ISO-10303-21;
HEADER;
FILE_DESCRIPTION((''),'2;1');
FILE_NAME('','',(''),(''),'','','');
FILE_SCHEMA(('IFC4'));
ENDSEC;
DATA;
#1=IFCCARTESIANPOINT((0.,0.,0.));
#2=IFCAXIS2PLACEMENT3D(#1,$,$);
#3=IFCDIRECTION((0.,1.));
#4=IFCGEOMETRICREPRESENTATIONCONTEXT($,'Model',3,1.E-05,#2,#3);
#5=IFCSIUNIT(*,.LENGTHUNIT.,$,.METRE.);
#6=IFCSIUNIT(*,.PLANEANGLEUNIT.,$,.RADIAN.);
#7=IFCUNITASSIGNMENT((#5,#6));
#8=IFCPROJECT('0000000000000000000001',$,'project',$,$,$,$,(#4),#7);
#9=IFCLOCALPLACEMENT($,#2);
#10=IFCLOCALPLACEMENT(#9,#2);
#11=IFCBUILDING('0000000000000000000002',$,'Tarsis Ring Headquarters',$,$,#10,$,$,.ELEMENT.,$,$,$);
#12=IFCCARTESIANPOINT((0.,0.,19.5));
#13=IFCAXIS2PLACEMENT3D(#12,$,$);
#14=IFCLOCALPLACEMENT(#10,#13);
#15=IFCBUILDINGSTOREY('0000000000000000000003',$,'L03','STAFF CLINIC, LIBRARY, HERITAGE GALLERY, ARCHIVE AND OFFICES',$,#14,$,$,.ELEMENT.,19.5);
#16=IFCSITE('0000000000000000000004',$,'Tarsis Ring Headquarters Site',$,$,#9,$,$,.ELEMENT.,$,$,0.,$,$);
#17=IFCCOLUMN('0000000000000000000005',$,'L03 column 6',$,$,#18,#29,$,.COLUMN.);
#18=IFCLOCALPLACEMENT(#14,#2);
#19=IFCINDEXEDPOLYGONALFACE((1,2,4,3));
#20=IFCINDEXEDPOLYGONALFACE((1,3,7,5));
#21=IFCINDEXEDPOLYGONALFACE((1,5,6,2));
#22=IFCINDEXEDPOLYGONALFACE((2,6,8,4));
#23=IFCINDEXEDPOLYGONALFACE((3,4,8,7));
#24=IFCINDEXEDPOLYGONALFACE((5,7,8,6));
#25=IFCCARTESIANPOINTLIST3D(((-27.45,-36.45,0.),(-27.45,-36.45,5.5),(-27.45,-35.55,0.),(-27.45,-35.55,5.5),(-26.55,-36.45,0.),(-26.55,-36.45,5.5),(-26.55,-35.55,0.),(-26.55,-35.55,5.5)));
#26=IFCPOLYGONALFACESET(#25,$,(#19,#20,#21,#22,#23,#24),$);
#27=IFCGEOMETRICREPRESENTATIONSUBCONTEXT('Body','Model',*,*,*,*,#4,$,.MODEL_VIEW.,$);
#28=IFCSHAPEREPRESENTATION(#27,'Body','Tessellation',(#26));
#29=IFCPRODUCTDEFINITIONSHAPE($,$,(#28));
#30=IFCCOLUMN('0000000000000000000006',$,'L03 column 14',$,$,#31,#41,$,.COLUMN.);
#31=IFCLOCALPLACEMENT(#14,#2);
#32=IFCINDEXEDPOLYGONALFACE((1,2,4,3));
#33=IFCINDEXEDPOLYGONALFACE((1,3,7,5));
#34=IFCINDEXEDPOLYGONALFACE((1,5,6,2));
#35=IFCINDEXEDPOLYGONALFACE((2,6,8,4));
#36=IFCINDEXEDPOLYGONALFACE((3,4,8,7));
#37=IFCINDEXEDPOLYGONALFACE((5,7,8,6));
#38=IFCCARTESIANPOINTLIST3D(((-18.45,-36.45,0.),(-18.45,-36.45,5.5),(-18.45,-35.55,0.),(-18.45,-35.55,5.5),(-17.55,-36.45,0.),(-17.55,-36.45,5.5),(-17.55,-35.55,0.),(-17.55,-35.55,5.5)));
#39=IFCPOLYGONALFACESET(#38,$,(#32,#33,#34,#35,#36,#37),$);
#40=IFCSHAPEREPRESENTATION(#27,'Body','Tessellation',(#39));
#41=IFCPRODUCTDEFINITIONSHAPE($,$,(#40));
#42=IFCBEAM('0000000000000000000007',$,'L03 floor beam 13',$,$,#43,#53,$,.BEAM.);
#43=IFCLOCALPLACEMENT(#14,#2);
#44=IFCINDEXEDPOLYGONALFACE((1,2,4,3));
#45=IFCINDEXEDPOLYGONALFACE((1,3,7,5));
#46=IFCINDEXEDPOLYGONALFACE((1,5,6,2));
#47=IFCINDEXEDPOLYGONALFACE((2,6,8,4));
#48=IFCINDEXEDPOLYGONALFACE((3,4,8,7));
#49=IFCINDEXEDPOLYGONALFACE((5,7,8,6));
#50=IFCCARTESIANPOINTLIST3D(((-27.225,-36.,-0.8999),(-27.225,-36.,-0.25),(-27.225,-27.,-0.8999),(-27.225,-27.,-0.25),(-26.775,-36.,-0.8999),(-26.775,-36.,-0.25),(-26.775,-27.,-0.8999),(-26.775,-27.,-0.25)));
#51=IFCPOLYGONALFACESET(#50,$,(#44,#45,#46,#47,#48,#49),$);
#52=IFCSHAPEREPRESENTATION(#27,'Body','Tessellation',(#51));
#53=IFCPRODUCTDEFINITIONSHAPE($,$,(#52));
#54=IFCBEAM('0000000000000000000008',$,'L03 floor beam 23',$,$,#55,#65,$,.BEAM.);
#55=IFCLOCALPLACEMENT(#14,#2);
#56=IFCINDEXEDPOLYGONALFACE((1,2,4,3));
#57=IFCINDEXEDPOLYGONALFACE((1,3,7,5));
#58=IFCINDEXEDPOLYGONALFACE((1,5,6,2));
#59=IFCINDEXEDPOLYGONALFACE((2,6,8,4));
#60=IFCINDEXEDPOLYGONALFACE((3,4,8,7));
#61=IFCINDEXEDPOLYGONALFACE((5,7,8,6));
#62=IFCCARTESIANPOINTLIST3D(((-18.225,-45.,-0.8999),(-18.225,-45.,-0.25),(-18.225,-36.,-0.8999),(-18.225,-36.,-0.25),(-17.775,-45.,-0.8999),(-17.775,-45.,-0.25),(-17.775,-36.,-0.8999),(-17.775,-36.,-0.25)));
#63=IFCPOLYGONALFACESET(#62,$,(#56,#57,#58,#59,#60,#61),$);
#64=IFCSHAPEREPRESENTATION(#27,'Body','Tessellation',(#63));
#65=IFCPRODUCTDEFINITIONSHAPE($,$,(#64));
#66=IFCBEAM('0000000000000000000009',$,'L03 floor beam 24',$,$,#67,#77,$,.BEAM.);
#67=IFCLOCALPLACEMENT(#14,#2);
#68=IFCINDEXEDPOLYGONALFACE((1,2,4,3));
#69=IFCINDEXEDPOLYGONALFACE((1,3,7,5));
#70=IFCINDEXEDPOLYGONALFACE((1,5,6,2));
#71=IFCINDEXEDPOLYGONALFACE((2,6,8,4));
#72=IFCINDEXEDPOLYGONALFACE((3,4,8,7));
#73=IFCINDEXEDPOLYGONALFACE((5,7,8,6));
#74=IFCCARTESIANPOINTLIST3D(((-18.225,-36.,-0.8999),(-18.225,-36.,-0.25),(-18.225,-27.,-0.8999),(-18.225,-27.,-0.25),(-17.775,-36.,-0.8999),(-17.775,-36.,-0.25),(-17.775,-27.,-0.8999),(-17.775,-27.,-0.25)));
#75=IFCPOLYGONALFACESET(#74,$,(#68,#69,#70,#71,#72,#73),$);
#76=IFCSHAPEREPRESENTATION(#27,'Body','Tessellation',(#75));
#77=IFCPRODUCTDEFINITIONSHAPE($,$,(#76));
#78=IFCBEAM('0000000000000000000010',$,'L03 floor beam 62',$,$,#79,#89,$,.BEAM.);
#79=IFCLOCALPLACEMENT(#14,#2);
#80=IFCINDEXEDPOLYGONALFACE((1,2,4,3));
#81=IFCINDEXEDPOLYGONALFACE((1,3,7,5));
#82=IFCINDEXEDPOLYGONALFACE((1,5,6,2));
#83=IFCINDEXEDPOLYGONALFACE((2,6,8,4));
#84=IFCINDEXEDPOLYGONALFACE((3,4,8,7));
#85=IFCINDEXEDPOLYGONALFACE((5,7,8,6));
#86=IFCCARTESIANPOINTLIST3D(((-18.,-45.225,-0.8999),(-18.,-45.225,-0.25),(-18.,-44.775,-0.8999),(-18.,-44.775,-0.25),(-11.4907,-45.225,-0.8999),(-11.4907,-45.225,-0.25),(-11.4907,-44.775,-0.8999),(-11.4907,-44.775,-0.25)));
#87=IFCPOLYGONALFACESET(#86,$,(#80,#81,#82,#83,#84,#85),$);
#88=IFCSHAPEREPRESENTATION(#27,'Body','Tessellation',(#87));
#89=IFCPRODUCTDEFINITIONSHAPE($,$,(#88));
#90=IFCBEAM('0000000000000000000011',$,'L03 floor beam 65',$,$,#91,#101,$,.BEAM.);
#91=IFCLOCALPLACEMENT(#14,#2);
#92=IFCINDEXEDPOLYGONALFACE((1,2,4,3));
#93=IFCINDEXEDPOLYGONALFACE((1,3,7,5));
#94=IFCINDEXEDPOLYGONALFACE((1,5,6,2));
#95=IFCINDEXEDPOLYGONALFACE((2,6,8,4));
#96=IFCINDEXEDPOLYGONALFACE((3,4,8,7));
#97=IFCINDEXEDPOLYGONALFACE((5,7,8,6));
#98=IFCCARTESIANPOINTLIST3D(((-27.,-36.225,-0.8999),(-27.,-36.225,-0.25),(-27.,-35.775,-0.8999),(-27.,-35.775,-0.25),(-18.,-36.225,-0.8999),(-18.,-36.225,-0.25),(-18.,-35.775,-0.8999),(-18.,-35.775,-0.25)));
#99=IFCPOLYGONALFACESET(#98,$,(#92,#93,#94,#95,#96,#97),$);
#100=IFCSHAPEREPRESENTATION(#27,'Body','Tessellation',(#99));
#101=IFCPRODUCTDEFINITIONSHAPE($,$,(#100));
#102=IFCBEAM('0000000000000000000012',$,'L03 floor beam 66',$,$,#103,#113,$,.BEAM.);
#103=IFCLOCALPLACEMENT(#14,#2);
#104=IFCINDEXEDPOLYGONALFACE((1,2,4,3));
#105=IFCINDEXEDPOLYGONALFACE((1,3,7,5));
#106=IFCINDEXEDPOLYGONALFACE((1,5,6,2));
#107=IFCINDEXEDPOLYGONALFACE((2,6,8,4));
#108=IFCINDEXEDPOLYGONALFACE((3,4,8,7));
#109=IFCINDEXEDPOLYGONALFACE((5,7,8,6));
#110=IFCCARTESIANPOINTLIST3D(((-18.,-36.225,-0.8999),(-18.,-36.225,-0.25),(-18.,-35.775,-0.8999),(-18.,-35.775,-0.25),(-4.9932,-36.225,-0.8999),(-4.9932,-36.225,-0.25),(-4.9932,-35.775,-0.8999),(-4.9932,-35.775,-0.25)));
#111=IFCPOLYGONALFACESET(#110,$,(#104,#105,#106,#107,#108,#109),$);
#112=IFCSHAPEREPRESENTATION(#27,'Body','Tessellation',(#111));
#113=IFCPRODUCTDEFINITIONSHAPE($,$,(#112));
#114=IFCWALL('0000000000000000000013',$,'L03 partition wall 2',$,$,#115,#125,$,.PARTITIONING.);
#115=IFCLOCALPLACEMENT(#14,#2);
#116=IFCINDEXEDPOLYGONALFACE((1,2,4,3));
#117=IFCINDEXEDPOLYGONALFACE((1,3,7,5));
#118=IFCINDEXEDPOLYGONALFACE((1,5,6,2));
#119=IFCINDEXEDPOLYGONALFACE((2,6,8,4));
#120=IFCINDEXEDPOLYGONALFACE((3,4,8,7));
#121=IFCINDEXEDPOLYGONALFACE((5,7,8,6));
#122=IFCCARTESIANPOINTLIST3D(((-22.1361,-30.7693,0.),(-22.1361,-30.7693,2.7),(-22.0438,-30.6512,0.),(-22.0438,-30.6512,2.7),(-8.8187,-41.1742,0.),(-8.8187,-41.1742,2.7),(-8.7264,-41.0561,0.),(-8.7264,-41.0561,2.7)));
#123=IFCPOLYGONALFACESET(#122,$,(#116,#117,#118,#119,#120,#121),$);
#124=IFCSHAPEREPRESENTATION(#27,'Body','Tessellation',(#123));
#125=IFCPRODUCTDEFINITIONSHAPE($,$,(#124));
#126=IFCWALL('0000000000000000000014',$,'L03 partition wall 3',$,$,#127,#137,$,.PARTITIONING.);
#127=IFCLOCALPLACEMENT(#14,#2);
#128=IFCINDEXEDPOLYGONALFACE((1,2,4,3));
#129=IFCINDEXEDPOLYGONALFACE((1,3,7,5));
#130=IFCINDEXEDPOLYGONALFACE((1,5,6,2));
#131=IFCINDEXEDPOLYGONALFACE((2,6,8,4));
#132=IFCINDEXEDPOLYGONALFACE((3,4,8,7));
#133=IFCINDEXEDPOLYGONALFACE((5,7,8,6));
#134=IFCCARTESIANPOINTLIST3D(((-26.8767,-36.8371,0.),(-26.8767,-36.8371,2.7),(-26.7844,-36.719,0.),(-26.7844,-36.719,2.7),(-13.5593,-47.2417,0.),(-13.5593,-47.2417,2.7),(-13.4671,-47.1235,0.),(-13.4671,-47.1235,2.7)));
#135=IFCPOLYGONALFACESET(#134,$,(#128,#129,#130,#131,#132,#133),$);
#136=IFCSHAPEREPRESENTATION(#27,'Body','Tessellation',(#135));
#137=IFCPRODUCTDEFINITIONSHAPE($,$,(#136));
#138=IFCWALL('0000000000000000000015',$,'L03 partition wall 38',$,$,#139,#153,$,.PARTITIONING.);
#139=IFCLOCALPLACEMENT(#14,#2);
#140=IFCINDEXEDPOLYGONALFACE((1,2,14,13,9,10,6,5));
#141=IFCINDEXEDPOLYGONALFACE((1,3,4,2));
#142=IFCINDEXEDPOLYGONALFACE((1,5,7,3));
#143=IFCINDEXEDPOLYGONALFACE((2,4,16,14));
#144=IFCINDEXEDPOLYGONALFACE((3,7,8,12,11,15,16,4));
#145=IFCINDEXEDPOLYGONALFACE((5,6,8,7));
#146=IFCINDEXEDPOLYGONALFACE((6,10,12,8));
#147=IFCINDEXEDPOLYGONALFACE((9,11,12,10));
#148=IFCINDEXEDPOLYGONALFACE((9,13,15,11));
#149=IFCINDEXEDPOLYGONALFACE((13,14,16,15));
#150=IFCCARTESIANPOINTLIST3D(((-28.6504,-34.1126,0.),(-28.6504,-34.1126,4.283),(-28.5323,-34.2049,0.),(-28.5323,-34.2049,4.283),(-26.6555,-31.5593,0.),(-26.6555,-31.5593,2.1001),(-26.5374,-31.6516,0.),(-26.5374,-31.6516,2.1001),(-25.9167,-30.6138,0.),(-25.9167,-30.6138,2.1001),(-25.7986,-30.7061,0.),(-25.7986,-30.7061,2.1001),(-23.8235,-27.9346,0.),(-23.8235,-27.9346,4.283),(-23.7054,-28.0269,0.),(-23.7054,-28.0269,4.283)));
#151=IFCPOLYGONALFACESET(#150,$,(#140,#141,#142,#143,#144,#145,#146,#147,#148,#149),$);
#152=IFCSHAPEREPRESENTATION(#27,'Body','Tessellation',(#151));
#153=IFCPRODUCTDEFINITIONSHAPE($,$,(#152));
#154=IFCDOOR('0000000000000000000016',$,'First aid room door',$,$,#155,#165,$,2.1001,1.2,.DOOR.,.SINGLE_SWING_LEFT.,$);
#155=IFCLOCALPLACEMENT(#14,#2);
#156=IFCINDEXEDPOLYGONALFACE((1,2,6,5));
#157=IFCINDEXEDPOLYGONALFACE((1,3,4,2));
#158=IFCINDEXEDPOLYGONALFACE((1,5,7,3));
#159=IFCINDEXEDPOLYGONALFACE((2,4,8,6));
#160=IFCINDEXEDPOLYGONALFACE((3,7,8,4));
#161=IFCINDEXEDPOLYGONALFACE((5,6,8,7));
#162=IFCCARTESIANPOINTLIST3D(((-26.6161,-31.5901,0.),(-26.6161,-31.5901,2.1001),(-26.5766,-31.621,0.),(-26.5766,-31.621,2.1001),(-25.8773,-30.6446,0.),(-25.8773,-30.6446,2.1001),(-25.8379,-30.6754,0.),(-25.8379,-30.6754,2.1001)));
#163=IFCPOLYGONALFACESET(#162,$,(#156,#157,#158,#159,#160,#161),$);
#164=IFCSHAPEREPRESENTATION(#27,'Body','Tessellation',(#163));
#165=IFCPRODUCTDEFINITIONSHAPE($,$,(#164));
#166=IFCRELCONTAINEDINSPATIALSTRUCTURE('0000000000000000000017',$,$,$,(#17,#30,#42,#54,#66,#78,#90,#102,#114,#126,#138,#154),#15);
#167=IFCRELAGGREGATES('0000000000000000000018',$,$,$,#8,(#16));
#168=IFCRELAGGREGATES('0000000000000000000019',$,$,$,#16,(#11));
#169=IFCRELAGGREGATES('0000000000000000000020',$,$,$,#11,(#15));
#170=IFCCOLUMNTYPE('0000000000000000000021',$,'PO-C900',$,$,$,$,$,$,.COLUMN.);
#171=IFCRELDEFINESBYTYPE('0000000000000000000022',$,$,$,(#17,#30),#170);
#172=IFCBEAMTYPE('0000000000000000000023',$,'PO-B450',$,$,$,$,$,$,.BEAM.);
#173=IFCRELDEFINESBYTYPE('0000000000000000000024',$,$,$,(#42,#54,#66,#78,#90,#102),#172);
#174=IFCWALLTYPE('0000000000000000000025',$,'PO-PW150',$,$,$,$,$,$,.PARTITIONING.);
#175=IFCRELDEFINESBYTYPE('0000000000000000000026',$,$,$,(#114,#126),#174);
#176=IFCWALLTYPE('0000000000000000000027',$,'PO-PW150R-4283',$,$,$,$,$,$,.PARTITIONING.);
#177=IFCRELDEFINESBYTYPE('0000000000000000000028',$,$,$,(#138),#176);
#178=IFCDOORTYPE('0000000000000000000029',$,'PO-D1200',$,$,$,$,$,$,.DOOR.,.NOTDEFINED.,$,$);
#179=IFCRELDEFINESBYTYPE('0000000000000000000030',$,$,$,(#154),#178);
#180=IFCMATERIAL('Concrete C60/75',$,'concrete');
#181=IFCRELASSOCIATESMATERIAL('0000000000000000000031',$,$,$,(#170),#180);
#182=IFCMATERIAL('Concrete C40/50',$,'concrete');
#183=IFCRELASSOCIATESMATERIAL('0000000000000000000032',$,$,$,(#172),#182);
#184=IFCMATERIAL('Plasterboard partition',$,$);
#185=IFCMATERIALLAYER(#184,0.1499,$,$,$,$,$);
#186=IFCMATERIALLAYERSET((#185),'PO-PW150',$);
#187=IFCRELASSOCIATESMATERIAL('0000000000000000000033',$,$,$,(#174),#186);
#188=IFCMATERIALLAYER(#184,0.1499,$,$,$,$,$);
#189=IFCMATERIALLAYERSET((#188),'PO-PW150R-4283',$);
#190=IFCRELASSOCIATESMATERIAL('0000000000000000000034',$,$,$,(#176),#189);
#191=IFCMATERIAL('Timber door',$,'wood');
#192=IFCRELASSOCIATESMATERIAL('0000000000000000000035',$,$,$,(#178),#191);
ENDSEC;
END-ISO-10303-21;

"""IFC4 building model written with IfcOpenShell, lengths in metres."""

from ifc_helpers import new_model, si_unit, direction, frame, frame_2d, origin, origin_2d, place, context, subcontext, project, spatial, rectangle, extrude, material, layer, layer_set, material_profile, profile_set, type_object, element, fill, save


model = new_model("IFC4")

# Units and contexts
model_context = context("Model", 3, precision=1e-05, world=origin(), true_north=direction((0.0, 1.0)))
body_context = subcontext(model_context, "Body", "Model", "MODEL_VIEW")
ifc_project = project(units=[si_unit("LENGTHUNIT", "METRE"), si_unit("PLANEANGLEUNIT", "RADIAN")], contexts=[model_context])

# Site, building, storey
site_placement = place(None, origin())
site = spatial("IfcSite", under=ifc_project, at=site_placement, Name="Tarsis Ring Headquarters Site", CompositionType="ELEMENT", RefElevation=0.0)
building_placement = place(site_placement, origin())
building = spatial("IfcBuilding", under=site, at=building_placement, Name="Tarsis Ring Headquarters", CompositionType="ELEMENT")
storey_placement = place(building_placement, frame((0.0, 0.0, 19.5)))
storey = spatial("IfcBuildingStorey", under=building, at=storey_placement, Name="L03", Description="STAFF CLINIC, LIBRARY, HERITAGE GALLERY, ARCHIVE AND OFFICES", CompositionType="ELEMENT", Elevation=19.5)

# Columns
ifc_material_1 = material(Name="Concrete C60/75", Category="concrete")
ifc_material_profile_1 = material_profile(ifc_material_1, rectangle(XDim=0.8999, YDim=0.8999, at=origin_2d()), Name="PO-C900")
ifc_profile_set_1 = profile_set([ifc_material_profile_1], Name="Concrete C60/75")
column_type = type_object("IfcColumnType", Name="PO-C900", PredefinedType="COLUMN", material=ifc_profile_set_1)
for number, where, z_axis, x_axis, name in (
    (1, (-27.0, -36.0, 0.0), (0.0, 0.0, 1.0), (1.0, 0.0, 0.0), "L03 column 6"),
    (2, (-18.0, -36.0, 0.0), (0.0, 0.0, 1.0), (1.0, 0.0, 0.0), "L03 column 14"),
):
    element("IfcColumn", number, at=place(storey_placement, frame(where, z_axis=z_axis, x_axis=x_axis)), inside=storey, type_object=column_type, Name=name, PredefinedType="COLUMN", context=body_context, shape_type="SweptSolid", body=[
        extrude(rectangle(XDim=0.8999, YDim=0.8999, at=origin_2d()), origin(), (0.0, 0.0, 1.0), 5.5),
    ])

# Beams
ifc_material_2 = material(Name="Concrete C40/50", Category="concrete")
ifc_material_profile_2 = material_profile(ifc_material_2, rectangle(XDim=0.45, YDim=0.6499, at=origin_2d()), Name="PO-B450")
ifc_profile_set_2 = profile_set([ifc_material_profile_2], Name="Concrete C40/50")
beam_type = type_object("IfcBeamType", Name="PO-B450", PredefinedType="BEAM", material=ifc_profile_set_2)
for number, where, z_axis, x_axis, name in (
    (3, (-27.0, -36.0, -0.575), (0.0, 1.0, 0.0), (-1.0, 0.0, 0.0), "L03 floor beam 13"),
    (4, (-18.0, -45.0, -0.575), (0.0, 1.0, 0.0), (-1.0, 0.0, 0.0), "L03 floor beam 23"),
    (5, (-18.0, -36.0, -0.575), (0.0, 1.0, 0.0), (-1.0, 0.0, 0.0), "L03 floor beam 24"),
):
    element("IfcBeam", number, at=place(storey_placement, frame(where, z_axis=z_axis, x_axis=x_axis)), inside=storey, type_object=beam_type, Name=name, PredefinedType="BEAM", context=body_context, shape_type="SweptSolid", body=[
        extrude(rectangle(XDim=0.45, YDim=0.6499, at=origin_2d()), origin(), (0.0, 0.0, 1.0), 9.0),
    ])
beam_1_placement = place(storey_placement, frame((-18.0, -45.0, -0.575), z_axis=(1.0, 0.0, 0.0), x_axis=(0.0, 1.0, 0.0)))
element("IfcBeam", 6, at=beam_1_placement, inside=storey, type_object=beam_type, Name="L03 floor beam 62", PredefinedType="BEAM", context=body_context, shape_type="SweptSolid", body=[
    extrude(rectangle(XDim=0.45, YDim=0.6499, at=origin_2d()), origin(), (0.0, 0.0, 1.0), 6.5093),
])
beam_2_placement = place(storey_placement, frame((-27.0, -36.0, -0.575), z_axis=(1.0, 0.0, 0.0), x_axis=(0.0, 1.0, 0.0)))
element("IfcBeam", 7, at=beam_2_placement, inside=storey, type_object=beam_type, Name="L03 floor beam 65", PredefinedType="BEAM", context=body_context, shape_type="SweptSolid", body=[
    extrude(rectangle(XDim=0.45, YDim=0.6499, at=origin_2d()), origin(), (0.0, 0.0, 1.0), 9.0),
])
beam_3_placement = place(storey_placement, frame((-18.0, -36.0, -0.575), z_axis=(1.0, 0.0, 0.0), x_axis=(0.0, 1.0, 0.0)))
element("IfcBeam", 8, at=beam_3_placement, inside=storey, type_object=beam_type, Name="L03 floor beam 66", PredefinedType="BEAM", context=body_context, shape_type="SweptSolid", body=[
    extrude(rectangle(XDim=0.45, YDim=0.6499, at=origin_2d()), origin(), (0.0, 0.0, 1.0), 13.0068),
])

# Walls
ifc_material_3 = material(Name="Plasterboard partition")
ifc_layer_1 = layer(ifc_material_3, 0.1499)
ifc_layer_set_1 = layer_set([ifc_layer_1], Name="PO-PW150")
wall_type_1 = type_object("IfcWallType", Name="PO-PW150", PredefinedType="PARTITIONING", material=ifc_layer_set_1)
wall_1_placement = place(storey_placement, frame((-22.0901, -30.7102, 0.0), z_axis=(0.0, 0.0, 1.0), x_axis=(0.788008, -0.615665, 0.0)))
element("IfcWall", 9, at=wall_1_placement, inside=storey, type_object=wall_type_1, Name="L03 partition wall 2", PredefinedType="PARTITIONING", context=body_context, shape_type="SweptSolid", body=[
    extrude(rectangle(XDim=16.9001, YDim=0.1499, at=frame_2d((8.4502, 0.0))), origin(), (0.0, 0.0, 1.0), 2.7),
])
wall_2_placement = place(storey_placement, frame((-26.8306, -36.7781, 0.0), z_axis=(0.0, 0.0, 1.0), x_axis=(0.788015, -0.615656, 0.0)))
element("IfcWall", 10, at=wall_2_placement, inside=storey, type_object=wall_type_1, Name="L03 partition wall 3", PredefinedType="PARTITIONING", context=body_context, shape_type="SweptSolid", body=[
    extrude(rectangle(XDim=16.8999, YDim=0.1499, at=frame_2d((8.45, 0.0))), origin(), (0.0, 0.0, 1.0), 2.7),
])

# Wall, opening, door
ifc_layer_2 = layer(ifc_material_3, 0.1499)
ifc_layer_set_2 = layer_set([ifc_layer_2], Name="PO-PW150R-4283")
wall_type_2 = type_object("IfcWallType", Name="PO-PW150R-4283", PredefinedType="PARTITIONING", material=ifc_layer_set_2)
wall_3_placement = place(storey_placement, frame((-28.5913, -34.1587, 0.0), z_axis=(0.0, 0.0, 1.0), x_axis=(0.615672, 0.788002, 0.0)))
wall_3 = element("IfcWall", 11, at=wall_3_placement, inside=storey, type_object=wall_type_2, Name="L03 partition wall 38", PredefinedType="PARTITIONING", context=body_context, shape_type="SweptSolid", body=[
    extrude(rectangle(XDim=7.8401, YDim=0.1499, at=frame_2d((3.9199, 0.0))), origin(), (0.0, 0.0, 1.0), 4.283),
])
opening_1_placement = place(wall_3_placement, frame((3.24, 0.0, 0.0)))
opening_1 = element("IfcOpeningElement", 12, at=opening_1_placement, cuts=wall_3, PredefinedType="OPENING", context=body_context, shape_type="SweptSolid", body=[
    extrude(rectangle(XDim=1.2, YDim=2.1001, at=frame_2d((0.6001, 1.05))), frame((0.0, 0.085, 0.0), z_axis=(0.0, -1.0, 0.0), x_axis=(1.0, 0.0, 0.0)), (0.0, 0.0, 1.0), 0.1699),
])
ifc_material_4 = material(Name="Timber door", Category="wood")
door_type_1 = type_object("IfcDoorType", Name="PO-D1200", OperationType="NOTDEFINED", PredefinedType="DOOR", material=ifc_material_4)
door_1_placement = place(opening_1_placement, origin())
door_1 = element("IfcDoor", 13, at=door_1_placement, inside=storey, type_object=door_type_1, Name="First aid room door", OperationType="SINGLE_SWING_LEFT", OverallHeight=2.1001, OverallWidth=1.2, PredefinedType="DOOR", context=body_context, shape_type="SweptSolid", body=[
    extrude(rectangle(XDim=1.2, YDim=2.1001, at=frame_2d((0.6001, 1.05))), frame((0.0, 0.0249, 0.0), z_axis=(0.0, -1.0, 0.0), x_axis=(1.0, 0.0, 0.0)), (0.0, 0.0, 1.0), 0.05),
])
fill(opening_1, door_1)

save(model, "model.ifc")
